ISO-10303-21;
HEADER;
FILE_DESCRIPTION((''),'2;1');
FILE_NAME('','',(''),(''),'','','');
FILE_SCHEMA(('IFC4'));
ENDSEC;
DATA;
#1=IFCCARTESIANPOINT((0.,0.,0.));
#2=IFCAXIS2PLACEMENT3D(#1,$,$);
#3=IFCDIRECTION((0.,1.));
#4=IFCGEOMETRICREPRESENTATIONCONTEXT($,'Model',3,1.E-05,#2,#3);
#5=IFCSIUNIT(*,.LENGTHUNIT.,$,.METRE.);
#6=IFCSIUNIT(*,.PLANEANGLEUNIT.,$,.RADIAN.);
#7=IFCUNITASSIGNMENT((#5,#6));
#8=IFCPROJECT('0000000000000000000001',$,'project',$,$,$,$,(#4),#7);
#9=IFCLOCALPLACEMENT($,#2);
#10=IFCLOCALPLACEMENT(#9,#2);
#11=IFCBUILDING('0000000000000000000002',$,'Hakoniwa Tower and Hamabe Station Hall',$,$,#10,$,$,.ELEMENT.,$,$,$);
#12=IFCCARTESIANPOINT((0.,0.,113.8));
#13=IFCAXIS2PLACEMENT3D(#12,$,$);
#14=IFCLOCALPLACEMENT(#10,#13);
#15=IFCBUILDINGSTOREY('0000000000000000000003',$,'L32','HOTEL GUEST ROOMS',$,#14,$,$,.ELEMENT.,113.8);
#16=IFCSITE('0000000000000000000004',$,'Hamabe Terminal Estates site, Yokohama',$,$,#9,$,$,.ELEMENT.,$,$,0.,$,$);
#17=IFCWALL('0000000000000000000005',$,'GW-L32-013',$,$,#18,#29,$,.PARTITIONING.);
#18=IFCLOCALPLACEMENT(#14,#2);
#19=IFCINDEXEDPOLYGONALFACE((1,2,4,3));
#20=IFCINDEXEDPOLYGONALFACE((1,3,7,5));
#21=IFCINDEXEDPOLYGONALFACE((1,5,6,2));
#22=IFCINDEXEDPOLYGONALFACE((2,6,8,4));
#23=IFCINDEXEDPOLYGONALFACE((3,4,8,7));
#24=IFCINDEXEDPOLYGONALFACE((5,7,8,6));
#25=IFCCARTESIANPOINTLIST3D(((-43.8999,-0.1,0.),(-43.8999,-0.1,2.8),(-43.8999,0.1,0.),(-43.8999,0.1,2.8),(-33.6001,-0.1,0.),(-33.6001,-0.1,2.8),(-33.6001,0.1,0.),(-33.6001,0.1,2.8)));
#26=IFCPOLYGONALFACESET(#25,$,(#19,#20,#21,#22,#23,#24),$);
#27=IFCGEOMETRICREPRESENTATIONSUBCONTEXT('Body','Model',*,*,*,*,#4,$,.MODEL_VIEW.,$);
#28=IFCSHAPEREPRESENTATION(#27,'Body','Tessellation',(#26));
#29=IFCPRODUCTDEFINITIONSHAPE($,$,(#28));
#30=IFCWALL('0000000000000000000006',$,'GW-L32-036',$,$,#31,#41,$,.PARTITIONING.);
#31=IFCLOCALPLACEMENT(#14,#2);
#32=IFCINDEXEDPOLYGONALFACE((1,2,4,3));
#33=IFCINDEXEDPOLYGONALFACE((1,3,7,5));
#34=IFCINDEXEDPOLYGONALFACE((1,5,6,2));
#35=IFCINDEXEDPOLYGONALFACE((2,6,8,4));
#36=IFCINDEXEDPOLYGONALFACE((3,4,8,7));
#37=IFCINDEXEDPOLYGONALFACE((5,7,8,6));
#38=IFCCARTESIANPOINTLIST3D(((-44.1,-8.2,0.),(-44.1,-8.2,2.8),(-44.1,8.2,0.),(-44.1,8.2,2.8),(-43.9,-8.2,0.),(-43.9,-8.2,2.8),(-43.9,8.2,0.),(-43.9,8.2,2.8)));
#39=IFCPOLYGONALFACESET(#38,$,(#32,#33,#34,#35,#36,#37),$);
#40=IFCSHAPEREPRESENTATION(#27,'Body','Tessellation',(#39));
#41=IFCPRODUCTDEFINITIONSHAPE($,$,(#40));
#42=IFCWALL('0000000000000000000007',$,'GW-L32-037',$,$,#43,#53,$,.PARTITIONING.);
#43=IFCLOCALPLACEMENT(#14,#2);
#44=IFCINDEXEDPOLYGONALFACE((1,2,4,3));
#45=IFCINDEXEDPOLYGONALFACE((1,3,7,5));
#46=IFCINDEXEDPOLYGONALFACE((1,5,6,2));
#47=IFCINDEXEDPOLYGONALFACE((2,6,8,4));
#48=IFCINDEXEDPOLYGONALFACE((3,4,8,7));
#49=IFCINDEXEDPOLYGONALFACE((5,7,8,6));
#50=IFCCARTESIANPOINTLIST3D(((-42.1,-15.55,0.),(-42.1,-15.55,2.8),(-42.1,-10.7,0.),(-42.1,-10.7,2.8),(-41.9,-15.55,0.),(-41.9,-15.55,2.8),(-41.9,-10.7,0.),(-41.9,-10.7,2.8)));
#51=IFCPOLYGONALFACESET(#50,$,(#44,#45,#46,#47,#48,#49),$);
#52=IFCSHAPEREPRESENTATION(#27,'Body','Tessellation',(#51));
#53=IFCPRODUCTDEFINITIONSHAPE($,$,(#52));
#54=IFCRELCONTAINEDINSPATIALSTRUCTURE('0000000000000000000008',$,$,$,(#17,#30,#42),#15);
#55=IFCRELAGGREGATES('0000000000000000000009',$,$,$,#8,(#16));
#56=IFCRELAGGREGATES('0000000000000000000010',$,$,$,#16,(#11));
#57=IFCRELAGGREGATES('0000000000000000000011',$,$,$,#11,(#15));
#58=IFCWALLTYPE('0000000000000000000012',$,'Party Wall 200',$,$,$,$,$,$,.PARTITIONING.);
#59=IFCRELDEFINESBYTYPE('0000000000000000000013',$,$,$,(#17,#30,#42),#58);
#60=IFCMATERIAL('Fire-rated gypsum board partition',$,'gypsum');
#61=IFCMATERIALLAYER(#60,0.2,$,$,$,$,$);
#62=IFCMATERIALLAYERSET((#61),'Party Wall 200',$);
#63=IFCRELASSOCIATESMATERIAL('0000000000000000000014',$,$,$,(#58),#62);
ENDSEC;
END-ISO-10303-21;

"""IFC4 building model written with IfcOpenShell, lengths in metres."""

from ifc_helpers import new_model, si_unit, direction, frame, frame_2d, origin, place, context, subcontext, project, spatial, rectangle, extrude, material, layer, layer_set, type_object, element, save


model = new_model("IFC4")

# Units and contexts
model_context = context("Model", 3, precision=1e-05, world=origin(), true_north=direction((0.0, 1.0)))
body_context = subcontext(model_context, "Body", "Model", "MODEL_VIEW")
ifc_project = project(units=[si_unit("LENGTHUNIT", "METRE"), si_unit("PLANEANGLEUNIT", "RADIAN")], contexts=[model_context])

# Site, building, storey
site_placement = place(None, origin())
site = spatial("IfcSite", under=ifc_project, at=site_placement, Name="Hamabe Terminal Estates site, Yokohama", CompositionType="ELEMENT", RefElevation=0.0)
building_placement = place(site_placement, origin())
building = spatial("IfcBuilding", under=site, at=building_placement, Name="Hakoniwa Tower and Hamabe Station Hall", CompositionType="ELEMENT")
storey_placement = place(building_placement, frame((0.0, 0.0, 113.8)))
storey = spatial("IfcBuildingStorey", under=building, at=storey_placement, Name="L32", Description="HOTEL GUEST ROOMS", CompositionType="ELEMENT", Elevation=113.8)

# Walls
ifc_material_1 = material(Name="Fire-rated gypsum board partition", Category="gypsum")
ifc_layer_1 = layer(ifc_material_1, 0.2)
ifc_layer_set_1 = layer_set([ifc_layer_1], Name="Party Wall 200")
wall_type_1 = type_object("IfcWallType", Name="Party Wall 200", PredefinedType="PARTITIONING", material=ifc_layer_set_1)
wall_1_placement = place(storey_placement, frame((-43.8999, 0.0, 0.0), z_axis=(0.0, 0.0, 1.0), x_axis=(1.0, 0.0, 0.0)))
element("IfcWall", 1, at=wall_1_placement, inside=storey, type_object=wall_type_1, Name="GW-L32-013", PredefinedType="PARTITIONING", context=body_context, shape_type="SweptSolid", body=[
    extrude(rectangle(XDim=10.2998, YDim=0.2, at=frame_2d((5.1499, 0.0))), origin(), (0.0, 0.0, 1.0), 2.8),
])
wall_2_placement = place(storey_placement, frame((-44.0, -8.2, 0.0), z_axis=(0.0, 0.0, 1.0), x_axis=(0.0, 1.0, 0.0)))
element("IfcWall", 2, at=wall_2_placement, inside=storey, type_object=wall_type_1, Name="GW-L32-036", PredefinedType="PARTITIONING", context=body_context, shape_type="SweptSolid", body=[
    extrude(rectangle(XDim=16.3999, YDim=0.2, at=frame_2d((8.2, 0.0))), origin(), (0.0, 0.0, 1.0), 2.8),
])
wall_3_placement = place(storey_placement, frame((-42.0, -15.55, 0.0), z_axis=(0.0, 0.0, 1.0), x_axis=(0.0, 1.0, 0.0)))
element("IfcWall", 3, at=wall_3_placement, inside=storey, type_object=wall_type_1, Name="GW-L32-037", PredefinedType="PARTITIONING", context=body_context, shape_type="SweptSolid", body=[
    extrude(rectangle(XDim=4.8501, YDim=0.2, at=frame_2d((2.425, 0.0))), origin(), (0.0, 0.0, 1.0), 2.8),
])

save(model, "model.ifc")
